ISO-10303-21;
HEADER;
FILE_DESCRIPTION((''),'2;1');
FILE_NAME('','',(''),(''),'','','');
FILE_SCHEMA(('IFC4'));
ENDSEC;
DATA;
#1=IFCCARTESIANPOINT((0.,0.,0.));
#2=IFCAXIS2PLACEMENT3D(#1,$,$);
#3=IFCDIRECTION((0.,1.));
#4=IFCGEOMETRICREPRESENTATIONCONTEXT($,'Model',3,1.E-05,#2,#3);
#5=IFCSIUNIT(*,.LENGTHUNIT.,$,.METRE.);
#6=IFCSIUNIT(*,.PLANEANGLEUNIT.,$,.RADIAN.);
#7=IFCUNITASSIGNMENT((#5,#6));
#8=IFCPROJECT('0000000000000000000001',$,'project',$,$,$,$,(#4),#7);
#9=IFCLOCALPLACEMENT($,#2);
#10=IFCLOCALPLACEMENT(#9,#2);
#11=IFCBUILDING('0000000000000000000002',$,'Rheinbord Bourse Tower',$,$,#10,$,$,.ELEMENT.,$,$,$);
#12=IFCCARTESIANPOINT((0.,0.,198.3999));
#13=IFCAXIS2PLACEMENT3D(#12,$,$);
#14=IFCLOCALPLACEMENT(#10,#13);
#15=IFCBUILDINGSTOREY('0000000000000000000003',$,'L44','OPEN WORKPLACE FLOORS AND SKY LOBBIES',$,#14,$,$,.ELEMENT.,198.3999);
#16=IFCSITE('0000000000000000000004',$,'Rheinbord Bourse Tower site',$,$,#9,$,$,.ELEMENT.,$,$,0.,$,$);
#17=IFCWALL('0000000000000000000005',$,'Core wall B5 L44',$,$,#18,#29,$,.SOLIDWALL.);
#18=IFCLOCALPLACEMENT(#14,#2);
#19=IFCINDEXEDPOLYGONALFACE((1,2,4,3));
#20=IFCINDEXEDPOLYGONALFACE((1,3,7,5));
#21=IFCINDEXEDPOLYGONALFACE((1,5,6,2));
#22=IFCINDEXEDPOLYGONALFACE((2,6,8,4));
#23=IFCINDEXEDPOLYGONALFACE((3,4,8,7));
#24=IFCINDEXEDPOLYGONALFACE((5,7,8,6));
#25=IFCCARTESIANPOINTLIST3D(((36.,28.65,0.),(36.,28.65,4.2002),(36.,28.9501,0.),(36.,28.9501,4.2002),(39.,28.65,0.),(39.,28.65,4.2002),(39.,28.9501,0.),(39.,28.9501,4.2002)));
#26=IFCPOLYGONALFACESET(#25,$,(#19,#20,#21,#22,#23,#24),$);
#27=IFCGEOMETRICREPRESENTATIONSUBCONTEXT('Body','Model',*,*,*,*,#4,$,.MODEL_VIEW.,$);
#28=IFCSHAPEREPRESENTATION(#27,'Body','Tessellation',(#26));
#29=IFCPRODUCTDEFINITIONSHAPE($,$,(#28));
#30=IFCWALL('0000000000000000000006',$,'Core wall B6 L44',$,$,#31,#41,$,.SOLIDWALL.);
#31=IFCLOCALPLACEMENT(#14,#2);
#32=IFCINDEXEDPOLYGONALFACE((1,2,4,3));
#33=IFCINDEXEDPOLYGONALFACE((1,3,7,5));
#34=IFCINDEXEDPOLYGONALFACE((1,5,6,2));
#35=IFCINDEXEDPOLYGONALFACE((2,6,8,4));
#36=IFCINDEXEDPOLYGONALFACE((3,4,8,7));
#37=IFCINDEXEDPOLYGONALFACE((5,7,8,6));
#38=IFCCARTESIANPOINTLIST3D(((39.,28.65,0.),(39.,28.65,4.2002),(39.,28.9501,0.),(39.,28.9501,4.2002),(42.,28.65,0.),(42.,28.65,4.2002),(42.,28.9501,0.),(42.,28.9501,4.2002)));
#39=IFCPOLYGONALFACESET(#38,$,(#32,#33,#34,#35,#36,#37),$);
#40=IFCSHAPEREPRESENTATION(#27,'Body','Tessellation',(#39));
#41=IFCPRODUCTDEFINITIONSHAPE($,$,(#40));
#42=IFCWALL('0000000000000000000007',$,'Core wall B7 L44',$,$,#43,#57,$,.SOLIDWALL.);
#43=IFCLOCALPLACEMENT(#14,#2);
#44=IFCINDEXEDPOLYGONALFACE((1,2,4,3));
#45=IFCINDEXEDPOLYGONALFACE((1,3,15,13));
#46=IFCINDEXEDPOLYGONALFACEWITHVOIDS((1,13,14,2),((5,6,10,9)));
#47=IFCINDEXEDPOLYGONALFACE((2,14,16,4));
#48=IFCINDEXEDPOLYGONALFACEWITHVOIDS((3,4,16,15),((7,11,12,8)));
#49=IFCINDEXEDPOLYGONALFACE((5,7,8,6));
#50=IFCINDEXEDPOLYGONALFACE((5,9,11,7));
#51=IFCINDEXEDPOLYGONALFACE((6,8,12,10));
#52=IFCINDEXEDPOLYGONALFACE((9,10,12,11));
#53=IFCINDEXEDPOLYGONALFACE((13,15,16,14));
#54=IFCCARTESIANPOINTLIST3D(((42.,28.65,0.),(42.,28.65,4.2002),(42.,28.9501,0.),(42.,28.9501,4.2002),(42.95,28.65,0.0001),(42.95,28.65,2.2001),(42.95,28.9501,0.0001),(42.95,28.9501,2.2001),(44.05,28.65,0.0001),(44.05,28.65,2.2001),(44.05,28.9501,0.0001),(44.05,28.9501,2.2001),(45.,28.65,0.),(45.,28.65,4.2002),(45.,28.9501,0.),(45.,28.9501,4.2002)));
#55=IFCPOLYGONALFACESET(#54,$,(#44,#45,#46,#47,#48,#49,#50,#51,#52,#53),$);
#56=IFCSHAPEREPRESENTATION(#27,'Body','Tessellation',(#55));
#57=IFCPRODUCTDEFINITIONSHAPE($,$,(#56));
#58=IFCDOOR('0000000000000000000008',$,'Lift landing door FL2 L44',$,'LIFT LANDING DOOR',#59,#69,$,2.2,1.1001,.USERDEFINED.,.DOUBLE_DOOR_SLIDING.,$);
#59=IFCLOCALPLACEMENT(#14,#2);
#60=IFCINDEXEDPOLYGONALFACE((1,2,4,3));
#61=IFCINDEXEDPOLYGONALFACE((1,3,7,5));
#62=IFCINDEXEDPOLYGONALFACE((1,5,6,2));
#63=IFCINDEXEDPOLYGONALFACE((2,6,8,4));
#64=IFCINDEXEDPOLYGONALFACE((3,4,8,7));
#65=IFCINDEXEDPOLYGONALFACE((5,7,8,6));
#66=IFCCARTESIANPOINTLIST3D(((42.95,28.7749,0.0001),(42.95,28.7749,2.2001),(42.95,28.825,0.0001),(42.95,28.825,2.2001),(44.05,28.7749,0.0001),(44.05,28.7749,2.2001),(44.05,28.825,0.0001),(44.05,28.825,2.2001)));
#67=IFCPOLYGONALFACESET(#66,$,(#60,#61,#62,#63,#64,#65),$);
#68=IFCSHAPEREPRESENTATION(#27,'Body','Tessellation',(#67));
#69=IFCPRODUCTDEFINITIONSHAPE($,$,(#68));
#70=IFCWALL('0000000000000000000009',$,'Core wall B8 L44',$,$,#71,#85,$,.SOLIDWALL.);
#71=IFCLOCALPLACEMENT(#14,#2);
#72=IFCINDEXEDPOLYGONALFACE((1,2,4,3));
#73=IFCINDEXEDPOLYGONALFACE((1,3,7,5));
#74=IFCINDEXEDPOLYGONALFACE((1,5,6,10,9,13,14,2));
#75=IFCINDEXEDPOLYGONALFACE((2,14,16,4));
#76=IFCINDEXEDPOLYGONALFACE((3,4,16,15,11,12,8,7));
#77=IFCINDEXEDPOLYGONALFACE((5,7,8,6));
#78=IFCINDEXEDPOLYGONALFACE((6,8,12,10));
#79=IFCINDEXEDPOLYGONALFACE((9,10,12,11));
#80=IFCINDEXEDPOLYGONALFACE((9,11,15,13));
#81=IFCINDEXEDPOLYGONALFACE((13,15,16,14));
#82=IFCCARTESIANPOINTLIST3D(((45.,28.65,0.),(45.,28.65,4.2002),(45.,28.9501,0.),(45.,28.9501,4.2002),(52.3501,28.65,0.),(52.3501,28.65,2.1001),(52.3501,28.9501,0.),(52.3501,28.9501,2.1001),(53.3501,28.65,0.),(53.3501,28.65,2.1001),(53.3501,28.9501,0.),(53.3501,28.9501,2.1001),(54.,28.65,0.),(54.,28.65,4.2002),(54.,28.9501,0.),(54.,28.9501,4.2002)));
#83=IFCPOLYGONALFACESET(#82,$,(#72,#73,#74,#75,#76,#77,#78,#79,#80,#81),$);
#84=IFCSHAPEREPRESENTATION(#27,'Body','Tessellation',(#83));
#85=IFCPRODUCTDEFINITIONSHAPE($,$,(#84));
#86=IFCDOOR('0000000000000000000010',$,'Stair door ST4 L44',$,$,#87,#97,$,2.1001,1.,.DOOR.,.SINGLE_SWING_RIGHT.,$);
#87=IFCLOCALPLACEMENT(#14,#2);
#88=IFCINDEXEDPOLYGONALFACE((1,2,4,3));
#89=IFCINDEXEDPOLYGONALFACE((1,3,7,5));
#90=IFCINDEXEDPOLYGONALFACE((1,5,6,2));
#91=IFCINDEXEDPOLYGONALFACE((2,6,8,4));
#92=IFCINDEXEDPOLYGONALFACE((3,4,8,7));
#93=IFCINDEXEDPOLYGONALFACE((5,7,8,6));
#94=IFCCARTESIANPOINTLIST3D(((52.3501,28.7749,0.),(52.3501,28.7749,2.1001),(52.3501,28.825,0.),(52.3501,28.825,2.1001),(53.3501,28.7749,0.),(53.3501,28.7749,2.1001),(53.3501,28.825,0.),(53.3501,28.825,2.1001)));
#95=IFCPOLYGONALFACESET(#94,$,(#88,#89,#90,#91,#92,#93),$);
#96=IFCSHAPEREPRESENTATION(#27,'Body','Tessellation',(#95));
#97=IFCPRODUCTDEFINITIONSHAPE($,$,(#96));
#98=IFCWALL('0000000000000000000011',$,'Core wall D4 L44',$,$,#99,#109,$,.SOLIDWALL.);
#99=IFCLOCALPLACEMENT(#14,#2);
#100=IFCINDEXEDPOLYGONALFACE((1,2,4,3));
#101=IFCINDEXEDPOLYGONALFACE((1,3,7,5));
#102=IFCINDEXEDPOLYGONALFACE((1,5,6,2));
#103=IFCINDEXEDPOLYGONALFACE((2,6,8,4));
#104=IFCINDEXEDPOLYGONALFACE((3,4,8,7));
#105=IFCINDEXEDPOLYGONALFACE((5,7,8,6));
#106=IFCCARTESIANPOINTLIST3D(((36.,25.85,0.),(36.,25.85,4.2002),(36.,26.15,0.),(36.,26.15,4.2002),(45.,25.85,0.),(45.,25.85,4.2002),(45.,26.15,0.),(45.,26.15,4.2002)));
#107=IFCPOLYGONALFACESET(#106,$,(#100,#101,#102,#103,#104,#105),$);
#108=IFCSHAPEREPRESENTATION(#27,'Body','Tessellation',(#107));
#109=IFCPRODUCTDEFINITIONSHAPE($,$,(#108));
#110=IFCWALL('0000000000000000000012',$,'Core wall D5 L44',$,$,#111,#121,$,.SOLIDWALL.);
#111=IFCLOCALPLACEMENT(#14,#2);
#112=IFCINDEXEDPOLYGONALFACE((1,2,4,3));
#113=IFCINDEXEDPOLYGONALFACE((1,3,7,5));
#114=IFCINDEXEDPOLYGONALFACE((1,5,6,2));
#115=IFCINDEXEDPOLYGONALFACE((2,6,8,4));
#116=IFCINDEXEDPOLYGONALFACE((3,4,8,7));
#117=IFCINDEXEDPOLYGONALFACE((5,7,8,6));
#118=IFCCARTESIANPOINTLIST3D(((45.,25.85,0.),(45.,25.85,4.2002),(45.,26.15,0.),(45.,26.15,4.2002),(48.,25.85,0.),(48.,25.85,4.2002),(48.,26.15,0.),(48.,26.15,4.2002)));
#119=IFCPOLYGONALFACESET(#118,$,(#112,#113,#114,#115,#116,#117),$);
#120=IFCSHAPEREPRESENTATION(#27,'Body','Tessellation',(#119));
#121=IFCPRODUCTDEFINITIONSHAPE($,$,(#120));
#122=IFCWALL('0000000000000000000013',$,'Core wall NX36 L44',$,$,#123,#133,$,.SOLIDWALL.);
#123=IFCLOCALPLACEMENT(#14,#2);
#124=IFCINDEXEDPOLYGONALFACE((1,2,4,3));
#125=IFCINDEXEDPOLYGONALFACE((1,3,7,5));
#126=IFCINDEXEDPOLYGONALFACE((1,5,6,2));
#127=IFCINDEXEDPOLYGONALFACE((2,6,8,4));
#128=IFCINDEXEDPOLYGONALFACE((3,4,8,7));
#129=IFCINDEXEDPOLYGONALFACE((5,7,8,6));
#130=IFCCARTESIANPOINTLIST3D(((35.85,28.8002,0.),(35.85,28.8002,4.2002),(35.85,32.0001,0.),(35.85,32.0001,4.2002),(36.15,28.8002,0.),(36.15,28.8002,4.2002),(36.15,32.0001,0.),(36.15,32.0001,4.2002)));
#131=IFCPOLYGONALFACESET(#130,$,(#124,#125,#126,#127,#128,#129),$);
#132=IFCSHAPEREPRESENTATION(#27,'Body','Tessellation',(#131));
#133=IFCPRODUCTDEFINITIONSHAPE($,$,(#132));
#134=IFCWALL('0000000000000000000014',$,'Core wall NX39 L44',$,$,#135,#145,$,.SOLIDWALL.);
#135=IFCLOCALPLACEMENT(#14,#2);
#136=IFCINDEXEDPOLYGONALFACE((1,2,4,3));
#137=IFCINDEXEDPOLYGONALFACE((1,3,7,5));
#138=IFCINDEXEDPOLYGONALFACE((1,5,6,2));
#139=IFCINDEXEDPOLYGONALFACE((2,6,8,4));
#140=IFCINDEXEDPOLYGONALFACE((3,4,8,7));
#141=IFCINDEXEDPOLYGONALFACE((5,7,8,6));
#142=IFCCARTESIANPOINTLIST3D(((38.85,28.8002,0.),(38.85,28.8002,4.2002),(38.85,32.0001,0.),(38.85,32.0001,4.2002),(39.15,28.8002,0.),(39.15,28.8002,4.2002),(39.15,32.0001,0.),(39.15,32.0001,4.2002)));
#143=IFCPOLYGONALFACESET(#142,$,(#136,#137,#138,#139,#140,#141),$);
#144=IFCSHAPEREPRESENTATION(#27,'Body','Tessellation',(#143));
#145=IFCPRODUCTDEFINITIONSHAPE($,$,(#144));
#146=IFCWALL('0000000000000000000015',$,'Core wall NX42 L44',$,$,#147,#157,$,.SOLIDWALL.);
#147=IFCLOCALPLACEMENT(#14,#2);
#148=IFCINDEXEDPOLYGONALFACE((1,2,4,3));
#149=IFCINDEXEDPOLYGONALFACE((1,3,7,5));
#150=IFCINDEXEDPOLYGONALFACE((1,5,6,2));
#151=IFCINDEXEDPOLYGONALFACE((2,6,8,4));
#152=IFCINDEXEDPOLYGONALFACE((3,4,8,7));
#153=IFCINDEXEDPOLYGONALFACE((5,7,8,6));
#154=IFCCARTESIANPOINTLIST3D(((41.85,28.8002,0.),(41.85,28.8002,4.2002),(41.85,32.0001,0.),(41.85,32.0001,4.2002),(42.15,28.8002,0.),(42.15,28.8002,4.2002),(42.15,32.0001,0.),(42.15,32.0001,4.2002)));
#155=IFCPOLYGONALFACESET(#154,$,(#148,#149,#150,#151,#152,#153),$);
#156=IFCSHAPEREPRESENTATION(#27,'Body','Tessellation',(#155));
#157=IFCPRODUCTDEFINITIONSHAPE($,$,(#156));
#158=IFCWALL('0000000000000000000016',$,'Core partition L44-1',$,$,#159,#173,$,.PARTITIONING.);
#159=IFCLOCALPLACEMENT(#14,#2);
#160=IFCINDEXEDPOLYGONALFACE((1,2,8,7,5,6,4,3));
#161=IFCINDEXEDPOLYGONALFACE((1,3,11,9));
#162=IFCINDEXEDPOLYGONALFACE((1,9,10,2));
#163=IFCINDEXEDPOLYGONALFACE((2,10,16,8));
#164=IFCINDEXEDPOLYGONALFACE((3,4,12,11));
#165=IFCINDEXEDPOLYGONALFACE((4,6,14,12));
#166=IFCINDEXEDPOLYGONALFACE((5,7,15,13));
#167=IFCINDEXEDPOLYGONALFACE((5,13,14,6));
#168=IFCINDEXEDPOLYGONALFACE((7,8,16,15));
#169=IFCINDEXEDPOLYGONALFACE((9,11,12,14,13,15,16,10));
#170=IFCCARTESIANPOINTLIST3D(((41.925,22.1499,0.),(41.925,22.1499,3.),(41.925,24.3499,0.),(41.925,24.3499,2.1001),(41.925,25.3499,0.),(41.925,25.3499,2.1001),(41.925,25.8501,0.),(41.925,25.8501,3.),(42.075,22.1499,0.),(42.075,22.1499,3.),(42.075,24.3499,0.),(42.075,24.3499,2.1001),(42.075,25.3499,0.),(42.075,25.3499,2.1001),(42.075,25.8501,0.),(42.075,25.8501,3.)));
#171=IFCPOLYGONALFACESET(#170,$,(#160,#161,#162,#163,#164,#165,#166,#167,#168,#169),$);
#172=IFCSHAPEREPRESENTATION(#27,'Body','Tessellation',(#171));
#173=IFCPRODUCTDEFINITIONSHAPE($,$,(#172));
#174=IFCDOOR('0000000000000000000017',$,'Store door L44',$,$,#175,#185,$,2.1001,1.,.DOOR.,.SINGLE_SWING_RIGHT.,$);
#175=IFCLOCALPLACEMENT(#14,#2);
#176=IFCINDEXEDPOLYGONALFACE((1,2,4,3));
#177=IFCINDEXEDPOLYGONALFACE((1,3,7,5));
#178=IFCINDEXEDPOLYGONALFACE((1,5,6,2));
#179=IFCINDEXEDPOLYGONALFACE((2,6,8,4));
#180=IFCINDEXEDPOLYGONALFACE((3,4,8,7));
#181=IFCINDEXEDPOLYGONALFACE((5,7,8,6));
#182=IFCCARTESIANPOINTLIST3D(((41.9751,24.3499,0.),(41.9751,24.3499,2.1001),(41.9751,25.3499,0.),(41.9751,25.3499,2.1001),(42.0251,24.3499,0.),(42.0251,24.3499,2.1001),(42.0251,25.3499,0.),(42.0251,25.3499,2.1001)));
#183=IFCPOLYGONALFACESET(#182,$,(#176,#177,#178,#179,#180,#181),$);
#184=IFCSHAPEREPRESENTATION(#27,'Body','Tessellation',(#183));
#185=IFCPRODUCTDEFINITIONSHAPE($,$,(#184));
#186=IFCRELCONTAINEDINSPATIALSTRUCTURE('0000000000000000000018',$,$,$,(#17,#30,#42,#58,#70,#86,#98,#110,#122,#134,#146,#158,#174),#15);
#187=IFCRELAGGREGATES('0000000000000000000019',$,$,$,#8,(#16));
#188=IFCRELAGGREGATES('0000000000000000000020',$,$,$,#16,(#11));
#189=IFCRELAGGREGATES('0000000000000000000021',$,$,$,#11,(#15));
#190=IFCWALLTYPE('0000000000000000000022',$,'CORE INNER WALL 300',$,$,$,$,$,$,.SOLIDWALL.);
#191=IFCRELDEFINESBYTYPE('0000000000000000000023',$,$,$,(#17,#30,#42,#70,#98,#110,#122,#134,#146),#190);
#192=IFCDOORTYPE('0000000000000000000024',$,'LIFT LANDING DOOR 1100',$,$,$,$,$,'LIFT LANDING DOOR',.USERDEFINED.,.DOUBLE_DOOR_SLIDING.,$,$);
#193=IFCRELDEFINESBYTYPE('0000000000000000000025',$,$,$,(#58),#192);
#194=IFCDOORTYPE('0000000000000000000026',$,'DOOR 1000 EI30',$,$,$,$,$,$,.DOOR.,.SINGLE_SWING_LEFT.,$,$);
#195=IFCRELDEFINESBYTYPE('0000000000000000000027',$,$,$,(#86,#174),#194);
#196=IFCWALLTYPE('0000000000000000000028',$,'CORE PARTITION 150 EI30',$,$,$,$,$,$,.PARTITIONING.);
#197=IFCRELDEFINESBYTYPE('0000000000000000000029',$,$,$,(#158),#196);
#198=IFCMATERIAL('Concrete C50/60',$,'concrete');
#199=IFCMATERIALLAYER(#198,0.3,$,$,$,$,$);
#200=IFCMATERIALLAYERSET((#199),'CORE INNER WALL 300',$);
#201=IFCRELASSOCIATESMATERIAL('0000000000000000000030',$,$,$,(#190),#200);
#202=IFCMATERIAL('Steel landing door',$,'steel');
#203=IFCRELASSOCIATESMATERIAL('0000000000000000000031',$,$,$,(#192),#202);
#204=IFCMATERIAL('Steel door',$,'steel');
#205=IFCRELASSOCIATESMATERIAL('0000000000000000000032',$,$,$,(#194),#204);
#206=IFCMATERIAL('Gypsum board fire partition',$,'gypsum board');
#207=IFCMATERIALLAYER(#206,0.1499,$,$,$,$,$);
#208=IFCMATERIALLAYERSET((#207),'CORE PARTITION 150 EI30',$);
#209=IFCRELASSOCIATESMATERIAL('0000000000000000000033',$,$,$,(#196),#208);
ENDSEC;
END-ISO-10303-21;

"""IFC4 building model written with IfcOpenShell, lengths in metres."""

from ifc_helpers import new_model, si_unit, direction, frame, frame_2d, origin, place, context, subcontext, project, spatial, rectangle, extrude, material, layer, layer_set, type_object, element, fill, save


model = new_model("IFC4")

# Units and contexts
model_context = context("Model", 3, precision=1e-05, world=origin(), true_north=direction((0.0, 1.0)))
body_context = subcontext(model_context, "Body", "Model", "MODEL_VIEW")
ifc_project = project(units=[si_unit("LENGTHUNIT", "METRE"), si_unit("PLANEANGLEUNIT", "RADIAN")], contexts=[model_context])

# Site, building, storey
site_placement = place(None, origin())
site = spatial("IfcSite", under=ifc_project, at=site_placement, Name="Rheinbord Bourse Tower site", CompositionType="ELEMENT", RefElevation=0.0)
building_placement = place(site_placement, origin())
building = spatial("IfcBuilding", under=site, at=building_placement, Name="Rheinbord Bourse Tower", CompositionType="ELEMENT")
storey_placement = place(building_placement, frame((0.0, 0.0, 198.3999)))
storey = spatial("IfcBuildingStorey", under=building, at=storey_placement, Name="L44", Description="OPEN WORKPLACE FLOORS AND SKY LOBBIES", CompositionType="ELEMENT", Elevation=198.3999)

# Walls
ifc_material_1 = material(Name="Concrete C50/60", Category="concrete")
ifc_layer_1 = layer(ifc_material_1, 0.3)
ifc_layer_set_1 = layer_set([ifc_layer_1], Name="CORE INNER WALL 300")
wall_type_1 = type_object("IfcWallType", Name="CORE INNER WALL 300", PredefinedType="SOLIDWALL", material=ifc_layer_set_1)
for number, where, z_axis, x_axis, name in (
    (1, (36.0, 28.8, 0.0), (0.0, 0.0, 1.0), (1.0, 0.0, 0.0), "Core wall B5 L44"),
    (2, (39.0, 28.8, 0.0), (0.0, 0.0, 1.0), (1.0, 0.0, 0.0), "Core wall B6 L44"),
):
    element("IfcWall", number, at=place(storey_placement, frame(where, z_axis=z_axis, x_axis=x_axis)), inside=storey, type_object=wall_type_1, Name=name, PredefinedType="SOLIDWALL", context=body_context, shape_type="SweptSolid", body=[
        extrude(rectangle(XDim=3.0, YDim=0.3, at=frame_2d((1.5, 0.0))), origin(), (0.0, 0.0, 1.0), 4.2002),
    ])

# Walls, openings, doors
wall_1_placement = place(storey_placement, frame((42.0, 28.8, 0.0), z_axis=(0.0, 0.0, 1.0), x_axis=(1.0, 0.0, 0.0)))
wall_1 = element("IfcWall", 3, at=wall_1_placement, inside=storey, type_object=wall_type_1, Name="Core wall B7 L44", PredefinedType="SOLIDWALL", context=body_context, shape_type="SweptSolid", body=[
    extrude(rectangle(XDim=3.0, YDim=0.3, at=frame_2d((1.5, 0.0))), origin(), (0.0, 0.0, 1.0), 4.2002),
])
opening_1_placement = place(wall_1_placement, frame((0.95, 0.0, 0.0)))
opening_1 = element("IfcOpeningElement", 4, at=opening_1_placement, cuts=wall_1, PredefinedType="OPENING", context=body_context, shape_type="SweptSolid", body=[
    extrude(rectangle(XDim=1.1001, YDim=2.2, at=frame_2d((0.55, 1.1001))), frame((0.0, 0.1599, 0.0), z_axis=(0.0, -1.0, 0.0), x_axis=(1.0, 0.0, 0.0)), (0.0, 0.0, 1.0), 0.3201),
])
ifc_material_2 = material(Name="Steel landing door", Category="steel")
door_type_1 = type_object("IfcDoorType", Name="LIFT LANDING DOOR 1100", ElementType="LIFT LANDING DOOR", OperationType="DOUBLE_DOOR_SLIDING", PredefinedType="USERDEFINED", material=ifc_material_2)
door_1_placement = place(opening_1_placement, origin())
door_1 = element("IfcDoor", 5, at=door_1_placement, inside=storey, type_object=door_type_1, Name="Lift landing door FL2 L44", ObjectType="LIFT LANDING DOOR", OperationType="DOUBLE_DOOR_SLIDING", OverallHeight=2.2, OverallWidth=1.1001, PredefinedType="USERDEFINED", context=body_context, shape_type="SweptSolid", body=[
    extrude(rectangle(XDim=1.1001, YDim=2.2, at=frame_2d((0.55, 1.1001))), frame((0.0, 0.0249, 0.0), z_axis=(0.0, -1.0, 0.0), x_axis=(1.0, 0.0, 0.0)), (0.0, 0.0, 1.0), 0.05),
])
fill(opening_1, door_1)
wall_2_placement = place(storey_placement, frame((45.0, 28.8, 0.0), z_axis=(0.0, 0.0, 1.0), x_axis=(1.0, 0.0, 0.0)))
wall_2 = element("IfcWall", 6, at=wall_2_placement, inside=storey, type_object=wall_type_1, Name="Core wall B8 L44", PredefinedType="SOLIDWALL", context=body_context, shape_type="SweptSolid", body=[
    extrude(rectangle(XDim=9.0, YDim=0.3, at=frame_2d((4.5, 0.0))), origin(), (0.0, 0.0, 1.0), 4.2002),
])
opening_2_placement = place(wall_2_placement, frame((7.3501, 0.0, 0.0)))
opening_2 = element("IfcOpeningElement", 7, at=opening_2_placement, cuts=wall_2, PredefinedType="OPENING", context=body_context, shape_type="SweptSolid", body=[
    extrude(rectangle(XDim=1.0, YDim=2.1001, at=frame_2d((0.5, 1.05))), frame((0.0, 0.1599, 0.0), z_axis=(0.0, -1.0, 0.0), x_axis=(1.0, 0.0, 0.0)), (0.0, 0.0, 1.0), 0.3201),
])
ifc_material_3 = material(Name="Steel door", Category="steel")
door_type_2 = type_object("IfcDoorType", Name="DOOR 1000 EI30", OperationType="SINGLE_SWING_LEFT", PredefinedType="DOOR", material=ifc_material_3)
door_2_placement = place(opening_2_placement, origin())
door_2 = element("IfcDoor", 8, at=door_2_placement, inside=storey, type_object=door_type_2, Name="Stair door ST4 L44", OperationType="SINGLE_SWING_RIGHT", OverallHeight=2.1001, OverallWidth=1.0, PredefinedType="DOOR", context=body_context, shape_type="SweptSolid", body=[
    extrude(rectangle(XDim=1.0, YDim=2.1001, at=frame_2d((0.5, 1.05))), frame((0.0, 0.0249, 0.0), z_axis=(0.0, -1.0, 0.0), x_axis=(1.0, 0.0, 0.0)), (0.0, 0.0, 1.0), 0.05),
])
fill(opening_2, door_2)

# Walls
wall_3_placement = place(storey_placement, frame((36.0, 26.0, 0.0), z_axis=(0.0, 0.0, 1.0), x_axis=(1.0, 0.0, 0.0)))
element("IfcWall", 9, at=wall_3_placement, inside=storey, type_object=wall_type_1, Name="Core wall D4 L44", PredefinedType="SOLIDWALL", context=body_context, shape_type="SweptSolid", body=[
    extrude(rectangle(XDim=9.0, YDim=0.3, at=frame_2d((4.5, 0.0))), origin(), (0.0, 0.0, 1.0), 4.2002),
])
wall_4_placement = place(storey_placement, frame((45.0, 26.0, 0.0), z_axis=(0.0, 0.0, 1.0), x_axis=(1.0, 0.0, 0.0)))
element("IfcWall", 10, at=wall_4_placement, inside=storey, type_object=wall_type_1, Name="Core wall D5 L44", PredefinedType="SOLIDWALL", context=body_context, shape_type="SweptSolid", body=[
    extrude(rectangle(XDim=3.0, YDim=0.3, at=frame_2d((1.5, 0.0))), origin(), (0.0, 0.0, 1.0), 4.2002),
])
for number, where, z_axis, x_axis, name in (
    (11, (36.0, 28.8, 0.0), (0.0, 0.0, 1.0), (0.0, 1.0, 0.0), "Core wall NX36 L44"),
    (12, (39.0, 28.8, 0.0), (0.0, 0.0, 1.0), (0.0, 1.0, 0.0), "Core wall NX39 L44"),
    (13, (42.0, 28.8, 0.0), (0.0, 0.0, 1.0), (0.0, 1.0, 0.0), "Core wall NX42 L44"),
):
    element("IfcWall", number, at=place(storey_placement, frame(where, z_axis=z_axis, x_axis=x_axis)), inside=storey, type_object=wall_type_1, Name=name, PredefinedType="SOLIDWALL", context=body_context, shape_type="SweptSolid", body=[
        extrude(rectangle(XDim=3.2, YDim=0.3, at=frame_2d((1.6001, 0.0))), origin(), (0.0, 0.0, 1.0), 4.2002),
    ])

# Wall, opening, door
ifc_material_4 = material(Name="Gypsum board fire partition", Category="gypsum board")
ifc_layer_2 = layer(ifc_material_4, 0.1499)
ifc_layer_set_2 = layer_set([ifc_layer_2], Name="CORE PARTITION 150 EI30")
wall_type_2 = type_object("IfcWallType", Name="CORE PARTITION 150 EI30", PredefinedType="PARTITIONING", material=ifc_layer_set_2)
wall_5_placement = place(storey_placement, frame((42.0, 22.1499, 0.0), z_axis=(0.0, 0.0, 1.0), x_axis=(0.0, 1.0, 0.0)))
wall_5 = element("IfcWall", 14, at=wall_5_placement, inside=storey, type_object=wall_type_2, Name="Core partition L44-1", PredefinedType="PARTITIONING", context=body_context, shape_type="SweptSolid", body=[
    extrude(rectangle(XDim=3.7002, YDim=0.1499, at=frame_2d((1.8501, 0.0))), origin(), (0.0, 0.0, 1.0), 3.0),
])
opening_3_placement = place(wall_5_placement, frame((2.2, 0.0, 0.0)))
opening_3 = element("IfcOpeningElement", 15, at=opening_3_placement, cuts=wall_5, PredefinedType="OPENING", context=body_context, shape_type="SweptSolid", body=[
    extrude(rectangle(XDim=1.0, YDim=2.1001, at=frame_2d((0.5, 1.05))), frame((0.0, 0.085, 0.0), z_axis=(0.0, -1.0, 0.0), x_axis=(1.0, 0.0, 0.0)), (0.0, 0.0, 1.0), 0.1699),
])
door_3_placement = place(opening_3_placement, origin())
door_3 = element("IfcDoor", 16, at=door_3_placement, inside=storey, type_object=door_type_2, Name="Store door L44", OperationType="SINGLE_SWING_RIGHT", OverallHeight=2.1001, OverallWidth=1.0, PredefinedType="DOOR", context=body_context, shape_type="SweptSolid", body=[
    extrude(rectangle(XDim=1.0, YDim=2.1001, at=frame_2d((0.5, 1.05))), frame((0.0, 0.0249, 0.0), z_axis=(0.0, -1.0, 0.0), x_axis=(1.0, 0.0, 0.0)), (0.0, 0.0, 1.0), 0.05),
])
fill(opening_3, door_3)

save(model, "model.ifc")
